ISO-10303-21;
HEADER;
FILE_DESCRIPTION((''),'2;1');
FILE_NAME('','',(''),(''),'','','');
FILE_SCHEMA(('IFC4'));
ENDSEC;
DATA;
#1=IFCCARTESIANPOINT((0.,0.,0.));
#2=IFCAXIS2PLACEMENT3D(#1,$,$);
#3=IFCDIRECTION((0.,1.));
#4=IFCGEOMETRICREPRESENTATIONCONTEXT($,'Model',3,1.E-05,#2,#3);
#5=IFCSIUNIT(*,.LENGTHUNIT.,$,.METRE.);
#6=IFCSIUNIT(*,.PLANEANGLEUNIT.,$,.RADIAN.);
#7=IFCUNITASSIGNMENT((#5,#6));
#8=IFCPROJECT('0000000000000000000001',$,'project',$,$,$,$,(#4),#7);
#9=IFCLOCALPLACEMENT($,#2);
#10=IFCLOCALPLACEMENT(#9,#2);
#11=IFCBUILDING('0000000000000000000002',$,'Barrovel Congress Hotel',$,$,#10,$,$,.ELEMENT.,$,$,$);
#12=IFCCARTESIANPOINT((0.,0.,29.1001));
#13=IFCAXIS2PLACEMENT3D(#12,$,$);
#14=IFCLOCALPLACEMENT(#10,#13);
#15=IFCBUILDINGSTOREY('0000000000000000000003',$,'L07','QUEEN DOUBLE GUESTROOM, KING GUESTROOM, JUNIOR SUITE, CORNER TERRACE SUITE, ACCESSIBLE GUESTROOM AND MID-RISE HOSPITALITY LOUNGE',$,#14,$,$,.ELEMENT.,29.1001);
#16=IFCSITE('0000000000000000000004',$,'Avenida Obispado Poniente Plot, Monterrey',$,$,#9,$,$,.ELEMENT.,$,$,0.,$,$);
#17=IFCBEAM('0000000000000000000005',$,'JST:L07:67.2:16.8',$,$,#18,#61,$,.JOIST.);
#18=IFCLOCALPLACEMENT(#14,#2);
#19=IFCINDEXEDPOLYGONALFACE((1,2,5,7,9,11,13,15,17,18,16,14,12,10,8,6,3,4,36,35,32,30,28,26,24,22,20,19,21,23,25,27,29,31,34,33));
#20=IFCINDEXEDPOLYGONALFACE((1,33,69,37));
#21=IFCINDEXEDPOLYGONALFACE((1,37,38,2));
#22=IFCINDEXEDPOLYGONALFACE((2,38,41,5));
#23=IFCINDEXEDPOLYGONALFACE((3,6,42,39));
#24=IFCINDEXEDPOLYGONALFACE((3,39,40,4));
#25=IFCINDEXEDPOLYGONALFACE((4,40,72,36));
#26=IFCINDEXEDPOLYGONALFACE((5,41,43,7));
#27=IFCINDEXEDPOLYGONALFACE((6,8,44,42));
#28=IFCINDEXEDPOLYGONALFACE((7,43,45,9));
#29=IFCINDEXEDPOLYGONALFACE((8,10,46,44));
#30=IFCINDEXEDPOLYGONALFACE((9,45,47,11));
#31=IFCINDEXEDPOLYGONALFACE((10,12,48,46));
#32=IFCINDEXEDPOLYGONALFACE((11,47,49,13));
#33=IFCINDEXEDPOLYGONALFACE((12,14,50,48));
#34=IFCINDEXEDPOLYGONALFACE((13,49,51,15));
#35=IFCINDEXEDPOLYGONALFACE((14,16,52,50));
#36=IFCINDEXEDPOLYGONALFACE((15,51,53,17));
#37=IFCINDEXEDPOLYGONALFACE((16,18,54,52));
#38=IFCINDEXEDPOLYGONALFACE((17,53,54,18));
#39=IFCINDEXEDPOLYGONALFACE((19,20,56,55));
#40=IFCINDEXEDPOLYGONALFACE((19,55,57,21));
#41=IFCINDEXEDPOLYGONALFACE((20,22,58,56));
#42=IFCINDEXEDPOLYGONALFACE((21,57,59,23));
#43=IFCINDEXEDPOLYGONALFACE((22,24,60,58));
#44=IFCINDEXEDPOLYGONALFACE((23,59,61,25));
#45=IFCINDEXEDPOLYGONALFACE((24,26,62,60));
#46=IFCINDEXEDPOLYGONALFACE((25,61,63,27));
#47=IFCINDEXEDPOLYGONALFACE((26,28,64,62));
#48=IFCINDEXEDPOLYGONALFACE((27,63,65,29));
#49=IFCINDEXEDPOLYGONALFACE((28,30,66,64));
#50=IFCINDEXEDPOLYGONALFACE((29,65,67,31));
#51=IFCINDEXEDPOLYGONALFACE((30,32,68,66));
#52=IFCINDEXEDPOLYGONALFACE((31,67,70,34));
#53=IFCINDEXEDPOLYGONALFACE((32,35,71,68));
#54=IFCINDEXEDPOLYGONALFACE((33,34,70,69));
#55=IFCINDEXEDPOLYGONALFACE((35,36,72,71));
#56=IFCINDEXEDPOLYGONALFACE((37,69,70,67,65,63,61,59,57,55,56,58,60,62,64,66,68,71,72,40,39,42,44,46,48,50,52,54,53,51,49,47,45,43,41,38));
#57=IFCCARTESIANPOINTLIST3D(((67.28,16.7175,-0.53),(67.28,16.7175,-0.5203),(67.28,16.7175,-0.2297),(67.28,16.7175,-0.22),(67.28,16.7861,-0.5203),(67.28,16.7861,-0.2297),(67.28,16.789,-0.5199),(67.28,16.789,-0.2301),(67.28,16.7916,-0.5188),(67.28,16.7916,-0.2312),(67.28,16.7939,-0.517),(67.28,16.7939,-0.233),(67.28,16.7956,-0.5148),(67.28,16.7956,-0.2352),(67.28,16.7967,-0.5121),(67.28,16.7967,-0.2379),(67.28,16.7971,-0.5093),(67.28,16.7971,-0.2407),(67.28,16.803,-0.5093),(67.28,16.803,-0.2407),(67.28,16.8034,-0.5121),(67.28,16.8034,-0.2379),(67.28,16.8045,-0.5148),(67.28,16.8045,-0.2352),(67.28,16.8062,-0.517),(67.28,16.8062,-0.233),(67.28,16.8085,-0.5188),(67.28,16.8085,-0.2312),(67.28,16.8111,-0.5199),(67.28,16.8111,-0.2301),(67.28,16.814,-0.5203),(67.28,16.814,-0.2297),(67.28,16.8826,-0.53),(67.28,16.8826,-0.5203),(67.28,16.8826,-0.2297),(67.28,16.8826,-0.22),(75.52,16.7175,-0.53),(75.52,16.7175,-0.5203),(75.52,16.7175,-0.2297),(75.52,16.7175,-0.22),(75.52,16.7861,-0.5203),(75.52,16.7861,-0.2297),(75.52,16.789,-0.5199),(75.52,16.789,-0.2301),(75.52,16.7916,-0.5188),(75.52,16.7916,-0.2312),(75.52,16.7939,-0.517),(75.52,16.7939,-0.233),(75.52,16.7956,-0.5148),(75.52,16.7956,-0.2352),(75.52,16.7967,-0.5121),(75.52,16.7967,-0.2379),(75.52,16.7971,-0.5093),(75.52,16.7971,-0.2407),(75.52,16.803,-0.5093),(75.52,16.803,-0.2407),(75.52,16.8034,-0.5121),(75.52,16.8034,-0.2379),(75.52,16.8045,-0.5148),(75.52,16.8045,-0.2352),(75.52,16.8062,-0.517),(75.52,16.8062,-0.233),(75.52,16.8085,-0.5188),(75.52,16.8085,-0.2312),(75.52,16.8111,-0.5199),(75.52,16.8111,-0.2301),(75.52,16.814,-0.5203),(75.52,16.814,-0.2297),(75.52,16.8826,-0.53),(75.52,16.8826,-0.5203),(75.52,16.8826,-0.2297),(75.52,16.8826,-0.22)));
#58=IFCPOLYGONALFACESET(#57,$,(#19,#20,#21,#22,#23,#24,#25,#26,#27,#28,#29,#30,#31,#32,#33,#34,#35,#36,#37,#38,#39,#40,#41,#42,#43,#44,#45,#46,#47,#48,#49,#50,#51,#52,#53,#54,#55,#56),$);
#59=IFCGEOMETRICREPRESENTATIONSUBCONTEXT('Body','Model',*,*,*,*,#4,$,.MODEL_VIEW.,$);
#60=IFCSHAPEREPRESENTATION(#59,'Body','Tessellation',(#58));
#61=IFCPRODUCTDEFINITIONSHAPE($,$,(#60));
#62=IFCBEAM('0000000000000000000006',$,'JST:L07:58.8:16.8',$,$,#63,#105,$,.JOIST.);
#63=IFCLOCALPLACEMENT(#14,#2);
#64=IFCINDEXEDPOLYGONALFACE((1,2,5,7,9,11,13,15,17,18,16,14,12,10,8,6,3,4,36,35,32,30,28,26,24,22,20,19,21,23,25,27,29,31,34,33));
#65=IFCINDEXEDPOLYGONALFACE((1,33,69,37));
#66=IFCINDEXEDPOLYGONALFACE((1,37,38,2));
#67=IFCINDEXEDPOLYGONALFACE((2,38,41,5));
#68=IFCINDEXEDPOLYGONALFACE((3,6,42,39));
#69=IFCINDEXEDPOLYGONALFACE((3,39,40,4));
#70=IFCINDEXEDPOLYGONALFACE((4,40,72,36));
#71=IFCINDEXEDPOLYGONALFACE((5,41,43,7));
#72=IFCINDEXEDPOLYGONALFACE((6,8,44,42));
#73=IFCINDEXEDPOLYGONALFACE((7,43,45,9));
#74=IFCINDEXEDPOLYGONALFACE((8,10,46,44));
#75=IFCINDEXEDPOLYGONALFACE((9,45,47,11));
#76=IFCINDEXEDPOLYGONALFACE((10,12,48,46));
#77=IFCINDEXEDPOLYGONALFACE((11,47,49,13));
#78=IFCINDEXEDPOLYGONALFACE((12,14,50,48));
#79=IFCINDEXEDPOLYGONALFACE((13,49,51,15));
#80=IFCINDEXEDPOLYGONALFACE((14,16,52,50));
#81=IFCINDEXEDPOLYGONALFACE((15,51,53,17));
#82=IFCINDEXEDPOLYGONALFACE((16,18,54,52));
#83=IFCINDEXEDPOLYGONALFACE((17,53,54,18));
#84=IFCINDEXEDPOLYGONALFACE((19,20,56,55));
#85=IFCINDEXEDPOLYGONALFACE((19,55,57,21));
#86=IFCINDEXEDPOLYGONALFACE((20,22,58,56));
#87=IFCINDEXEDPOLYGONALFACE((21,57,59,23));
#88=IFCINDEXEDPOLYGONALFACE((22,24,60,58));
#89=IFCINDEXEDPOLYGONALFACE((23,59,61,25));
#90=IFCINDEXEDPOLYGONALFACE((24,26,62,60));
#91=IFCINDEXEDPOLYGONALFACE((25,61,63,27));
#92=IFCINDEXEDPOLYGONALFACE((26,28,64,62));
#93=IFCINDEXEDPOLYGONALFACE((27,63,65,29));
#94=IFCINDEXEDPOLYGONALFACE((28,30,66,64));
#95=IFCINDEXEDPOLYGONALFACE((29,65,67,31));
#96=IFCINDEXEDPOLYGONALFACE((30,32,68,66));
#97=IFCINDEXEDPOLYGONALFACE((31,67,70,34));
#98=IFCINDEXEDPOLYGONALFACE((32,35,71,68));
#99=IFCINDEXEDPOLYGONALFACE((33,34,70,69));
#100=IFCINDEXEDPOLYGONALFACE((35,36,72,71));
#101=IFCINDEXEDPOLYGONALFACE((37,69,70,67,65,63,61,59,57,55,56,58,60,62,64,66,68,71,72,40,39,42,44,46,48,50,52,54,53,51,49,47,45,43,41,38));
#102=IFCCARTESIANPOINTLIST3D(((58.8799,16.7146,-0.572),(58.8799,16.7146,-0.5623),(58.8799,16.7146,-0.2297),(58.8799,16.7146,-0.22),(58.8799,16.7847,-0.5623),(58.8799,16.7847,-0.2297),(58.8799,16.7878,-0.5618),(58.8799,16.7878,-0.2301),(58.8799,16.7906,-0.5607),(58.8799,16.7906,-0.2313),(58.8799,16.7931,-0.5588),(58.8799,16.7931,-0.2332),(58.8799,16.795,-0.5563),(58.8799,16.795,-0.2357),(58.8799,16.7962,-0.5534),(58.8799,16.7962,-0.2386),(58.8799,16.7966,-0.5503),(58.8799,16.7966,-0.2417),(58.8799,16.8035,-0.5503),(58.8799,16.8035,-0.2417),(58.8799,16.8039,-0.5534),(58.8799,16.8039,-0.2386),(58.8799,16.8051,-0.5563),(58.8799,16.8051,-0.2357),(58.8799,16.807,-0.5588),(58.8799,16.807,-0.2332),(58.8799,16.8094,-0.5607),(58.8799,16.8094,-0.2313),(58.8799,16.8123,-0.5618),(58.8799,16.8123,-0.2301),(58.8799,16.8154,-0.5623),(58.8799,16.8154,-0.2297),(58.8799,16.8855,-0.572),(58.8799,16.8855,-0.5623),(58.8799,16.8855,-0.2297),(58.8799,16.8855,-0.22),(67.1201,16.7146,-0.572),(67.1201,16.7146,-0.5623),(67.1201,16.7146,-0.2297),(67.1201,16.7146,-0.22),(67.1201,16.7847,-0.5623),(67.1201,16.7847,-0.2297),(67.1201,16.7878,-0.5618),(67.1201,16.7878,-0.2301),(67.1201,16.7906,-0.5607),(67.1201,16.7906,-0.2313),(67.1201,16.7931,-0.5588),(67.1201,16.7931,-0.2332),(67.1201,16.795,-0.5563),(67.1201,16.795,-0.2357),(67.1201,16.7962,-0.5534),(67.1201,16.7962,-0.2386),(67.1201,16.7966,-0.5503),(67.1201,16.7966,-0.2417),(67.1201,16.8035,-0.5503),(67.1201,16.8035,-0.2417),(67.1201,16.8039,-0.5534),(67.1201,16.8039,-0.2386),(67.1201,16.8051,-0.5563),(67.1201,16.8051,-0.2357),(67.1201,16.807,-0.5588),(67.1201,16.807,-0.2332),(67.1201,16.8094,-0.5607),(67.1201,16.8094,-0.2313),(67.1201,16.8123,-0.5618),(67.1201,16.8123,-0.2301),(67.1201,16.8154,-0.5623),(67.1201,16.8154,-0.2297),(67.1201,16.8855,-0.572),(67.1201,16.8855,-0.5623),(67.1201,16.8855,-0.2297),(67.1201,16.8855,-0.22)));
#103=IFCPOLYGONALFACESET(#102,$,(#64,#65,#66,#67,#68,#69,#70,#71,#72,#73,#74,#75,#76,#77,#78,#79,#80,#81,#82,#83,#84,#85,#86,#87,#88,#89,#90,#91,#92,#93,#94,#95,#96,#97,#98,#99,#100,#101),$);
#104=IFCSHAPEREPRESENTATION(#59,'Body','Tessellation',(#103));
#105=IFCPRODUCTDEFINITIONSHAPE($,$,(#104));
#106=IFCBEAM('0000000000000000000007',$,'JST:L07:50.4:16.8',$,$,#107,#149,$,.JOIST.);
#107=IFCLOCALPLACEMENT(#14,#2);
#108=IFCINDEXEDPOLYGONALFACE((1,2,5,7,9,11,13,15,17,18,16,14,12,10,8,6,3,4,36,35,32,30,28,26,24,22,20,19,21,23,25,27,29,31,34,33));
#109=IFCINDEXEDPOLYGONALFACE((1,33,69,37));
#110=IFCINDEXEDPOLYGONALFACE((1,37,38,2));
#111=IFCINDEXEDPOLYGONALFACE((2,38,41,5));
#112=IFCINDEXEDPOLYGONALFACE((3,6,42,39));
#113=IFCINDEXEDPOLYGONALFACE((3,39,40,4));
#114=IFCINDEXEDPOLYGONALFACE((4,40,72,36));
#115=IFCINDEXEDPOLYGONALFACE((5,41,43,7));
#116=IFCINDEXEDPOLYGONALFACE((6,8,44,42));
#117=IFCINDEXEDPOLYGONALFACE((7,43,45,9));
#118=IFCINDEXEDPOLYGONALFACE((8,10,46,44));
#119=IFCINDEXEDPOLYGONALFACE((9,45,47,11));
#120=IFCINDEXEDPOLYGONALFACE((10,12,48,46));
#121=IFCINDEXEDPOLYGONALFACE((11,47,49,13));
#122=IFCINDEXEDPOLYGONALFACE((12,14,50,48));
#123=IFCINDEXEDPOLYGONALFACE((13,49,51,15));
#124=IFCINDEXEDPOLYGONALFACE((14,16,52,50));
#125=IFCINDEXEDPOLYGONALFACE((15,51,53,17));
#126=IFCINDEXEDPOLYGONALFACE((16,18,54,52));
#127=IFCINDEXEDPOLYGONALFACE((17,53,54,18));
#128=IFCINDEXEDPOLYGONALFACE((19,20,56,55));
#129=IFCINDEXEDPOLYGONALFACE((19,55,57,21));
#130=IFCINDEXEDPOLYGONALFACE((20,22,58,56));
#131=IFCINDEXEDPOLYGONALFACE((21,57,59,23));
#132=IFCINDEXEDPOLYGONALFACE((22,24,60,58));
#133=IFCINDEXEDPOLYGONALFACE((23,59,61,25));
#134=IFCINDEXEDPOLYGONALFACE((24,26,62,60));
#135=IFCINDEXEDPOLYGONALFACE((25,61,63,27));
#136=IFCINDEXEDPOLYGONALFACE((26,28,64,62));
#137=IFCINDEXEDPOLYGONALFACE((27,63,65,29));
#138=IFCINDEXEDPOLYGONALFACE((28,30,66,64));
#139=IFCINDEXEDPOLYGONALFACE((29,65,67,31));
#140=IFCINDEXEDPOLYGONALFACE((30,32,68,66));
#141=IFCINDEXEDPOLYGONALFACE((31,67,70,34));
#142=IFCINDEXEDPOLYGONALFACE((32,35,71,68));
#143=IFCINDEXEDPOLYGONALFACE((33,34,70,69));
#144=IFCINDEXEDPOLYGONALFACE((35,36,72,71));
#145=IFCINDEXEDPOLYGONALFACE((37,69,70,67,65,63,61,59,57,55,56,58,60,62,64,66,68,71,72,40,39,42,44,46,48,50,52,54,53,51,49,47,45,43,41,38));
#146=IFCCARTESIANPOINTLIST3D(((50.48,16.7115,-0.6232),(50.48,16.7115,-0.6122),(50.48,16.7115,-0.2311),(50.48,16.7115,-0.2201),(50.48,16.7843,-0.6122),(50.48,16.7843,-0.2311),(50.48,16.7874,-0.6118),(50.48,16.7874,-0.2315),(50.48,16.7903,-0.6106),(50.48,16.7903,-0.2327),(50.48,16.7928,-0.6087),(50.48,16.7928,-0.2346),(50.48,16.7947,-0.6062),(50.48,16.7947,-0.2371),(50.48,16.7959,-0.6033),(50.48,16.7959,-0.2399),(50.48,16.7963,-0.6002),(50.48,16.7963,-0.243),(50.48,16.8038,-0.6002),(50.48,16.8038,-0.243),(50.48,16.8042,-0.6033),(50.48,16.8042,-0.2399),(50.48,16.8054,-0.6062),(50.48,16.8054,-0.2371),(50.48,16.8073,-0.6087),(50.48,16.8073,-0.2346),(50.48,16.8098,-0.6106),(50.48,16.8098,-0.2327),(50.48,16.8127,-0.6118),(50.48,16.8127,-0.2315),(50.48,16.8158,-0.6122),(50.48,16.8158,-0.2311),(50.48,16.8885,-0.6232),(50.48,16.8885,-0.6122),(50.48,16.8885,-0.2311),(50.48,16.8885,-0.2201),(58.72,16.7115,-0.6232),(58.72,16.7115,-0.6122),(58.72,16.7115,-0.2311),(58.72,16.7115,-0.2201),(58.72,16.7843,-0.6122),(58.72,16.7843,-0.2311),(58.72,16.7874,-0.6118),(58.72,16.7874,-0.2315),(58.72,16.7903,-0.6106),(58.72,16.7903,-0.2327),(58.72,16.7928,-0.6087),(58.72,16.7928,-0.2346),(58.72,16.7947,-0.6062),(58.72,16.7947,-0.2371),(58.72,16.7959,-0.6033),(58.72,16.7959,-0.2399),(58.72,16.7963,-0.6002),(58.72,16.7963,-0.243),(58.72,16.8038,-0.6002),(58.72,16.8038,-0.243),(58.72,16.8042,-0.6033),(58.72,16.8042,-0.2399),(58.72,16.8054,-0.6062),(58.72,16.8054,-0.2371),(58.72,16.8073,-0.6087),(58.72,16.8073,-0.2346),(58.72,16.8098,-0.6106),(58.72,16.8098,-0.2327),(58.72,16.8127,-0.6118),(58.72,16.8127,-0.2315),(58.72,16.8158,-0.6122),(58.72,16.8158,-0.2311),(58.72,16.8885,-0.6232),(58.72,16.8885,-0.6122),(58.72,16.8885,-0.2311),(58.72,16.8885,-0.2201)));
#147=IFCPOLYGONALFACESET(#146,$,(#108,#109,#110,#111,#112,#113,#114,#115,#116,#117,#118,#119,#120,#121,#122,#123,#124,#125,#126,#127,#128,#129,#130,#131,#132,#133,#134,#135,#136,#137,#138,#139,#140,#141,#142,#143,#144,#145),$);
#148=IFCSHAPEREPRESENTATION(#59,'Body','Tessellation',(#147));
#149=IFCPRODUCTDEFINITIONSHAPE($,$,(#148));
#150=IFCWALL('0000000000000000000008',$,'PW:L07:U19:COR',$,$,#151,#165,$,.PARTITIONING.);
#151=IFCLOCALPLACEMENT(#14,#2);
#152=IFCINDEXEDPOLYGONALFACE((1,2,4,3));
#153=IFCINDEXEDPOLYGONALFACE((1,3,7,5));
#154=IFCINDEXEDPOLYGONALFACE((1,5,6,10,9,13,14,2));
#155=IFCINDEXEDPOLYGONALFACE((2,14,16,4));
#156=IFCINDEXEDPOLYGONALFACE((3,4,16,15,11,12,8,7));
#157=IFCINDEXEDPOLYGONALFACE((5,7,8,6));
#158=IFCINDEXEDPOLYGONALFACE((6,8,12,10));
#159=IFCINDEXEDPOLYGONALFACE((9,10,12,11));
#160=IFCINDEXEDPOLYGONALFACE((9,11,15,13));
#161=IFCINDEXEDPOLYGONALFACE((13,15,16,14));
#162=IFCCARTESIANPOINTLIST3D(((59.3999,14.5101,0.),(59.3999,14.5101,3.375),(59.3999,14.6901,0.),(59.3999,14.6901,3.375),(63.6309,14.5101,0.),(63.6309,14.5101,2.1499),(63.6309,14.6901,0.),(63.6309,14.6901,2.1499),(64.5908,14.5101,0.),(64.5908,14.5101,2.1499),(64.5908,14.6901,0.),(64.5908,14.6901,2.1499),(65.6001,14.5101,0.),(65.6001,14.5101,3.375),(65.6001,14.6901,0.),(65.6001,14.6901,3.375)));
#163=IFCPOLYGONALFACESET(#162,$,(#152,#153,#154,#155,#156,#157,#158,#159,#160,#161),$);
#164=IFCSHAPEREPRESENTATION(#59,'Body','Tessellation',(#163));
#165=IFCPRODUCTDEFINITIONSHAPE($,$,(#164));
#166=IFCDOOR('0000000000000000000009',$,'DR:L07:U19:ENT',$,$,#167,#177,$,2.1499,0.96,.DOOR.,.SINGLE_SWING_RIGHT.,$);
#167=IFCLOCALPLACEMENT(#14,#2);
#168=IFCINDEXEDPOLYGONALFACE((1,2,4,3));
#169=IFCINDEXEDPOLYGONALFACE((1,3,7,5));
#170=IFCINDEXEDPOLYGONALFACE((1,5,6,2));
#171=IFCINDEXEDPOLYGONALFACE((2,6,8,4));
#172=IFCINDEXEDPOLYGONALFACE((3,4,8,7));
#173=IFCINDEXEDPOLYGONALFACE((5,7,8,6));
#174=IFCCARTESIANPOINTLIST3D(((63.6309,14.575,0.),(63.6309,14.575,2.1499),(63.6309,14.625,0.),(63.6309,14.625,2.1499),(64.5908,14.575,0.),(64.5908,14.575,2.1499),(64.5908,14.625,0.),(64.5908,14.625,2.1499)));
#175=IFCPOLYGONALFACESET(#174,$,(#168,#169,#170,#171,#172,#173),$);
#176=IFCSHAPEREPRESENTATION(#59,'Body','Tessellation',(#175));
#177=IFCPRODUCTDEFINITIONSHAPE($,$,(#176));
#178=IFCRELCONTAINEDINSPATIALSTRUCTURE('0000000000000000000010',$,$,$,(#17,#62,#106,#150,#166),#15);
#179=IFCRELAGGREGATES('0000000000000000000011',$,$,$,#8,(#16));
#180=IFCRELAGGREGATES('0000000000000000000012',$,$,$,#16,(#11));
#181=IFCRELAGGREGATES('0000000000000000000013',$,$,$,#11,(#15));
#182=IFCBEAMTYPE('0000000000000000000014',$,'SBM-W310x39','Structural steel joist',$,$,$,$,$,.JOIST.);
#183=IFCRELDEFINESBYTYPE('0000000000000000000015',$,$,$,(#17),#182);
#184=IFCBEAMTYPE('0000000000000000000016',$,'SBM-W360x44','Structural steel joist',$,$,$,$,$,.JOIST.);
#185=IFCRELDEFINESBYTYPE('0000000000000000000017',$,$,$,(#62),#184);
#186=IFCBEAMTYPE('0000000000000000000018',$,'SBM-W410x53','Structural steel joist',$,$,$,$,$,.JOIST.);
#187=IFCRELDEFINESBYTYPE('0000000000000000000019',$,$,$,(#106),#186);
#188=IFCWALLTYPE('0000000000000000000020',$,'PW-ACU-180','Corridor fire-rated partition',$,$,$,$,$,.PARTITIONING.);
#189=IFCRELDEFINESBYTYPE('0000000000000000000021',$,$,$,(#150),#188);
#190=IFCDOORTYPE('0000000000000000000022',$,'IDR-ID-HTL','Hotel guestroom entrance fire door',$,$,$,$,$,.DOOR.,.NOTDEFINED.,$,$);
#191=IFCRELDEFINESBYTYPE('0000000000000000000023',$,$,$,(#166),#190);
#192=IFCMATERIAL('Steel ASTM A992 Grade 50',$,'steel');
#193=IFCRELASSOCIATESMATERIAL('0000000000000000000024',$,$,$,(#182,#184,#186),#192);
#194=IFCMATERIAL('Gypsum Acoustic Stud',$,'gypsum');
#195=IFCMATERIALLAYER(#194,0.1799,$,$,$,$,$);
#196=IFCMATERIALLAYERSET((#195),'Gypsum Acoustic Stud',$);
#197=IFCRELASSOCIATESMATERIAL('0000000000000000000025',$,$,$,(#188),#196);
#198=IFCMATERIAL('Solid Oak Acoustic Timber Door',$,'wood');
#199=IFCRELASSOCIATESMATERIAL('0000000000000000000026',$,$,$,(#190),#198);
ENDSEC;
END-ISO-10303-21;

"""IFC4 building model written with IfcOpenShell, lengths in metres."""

from ifc_helpers import new_model, si_unit, direction, frame, frame_2d, origin, origin_2d, place, context, subcontext, project, spatial, rectangle, i_section, extrude, material, layer, layer_set, material_profile, profile_set, type_object, element, fill, save


model = new_model("IFC4")

# Units and contexts
model_context = context("Model", 3, precision=1e-05, world=origin(), true_north=direction((0.0, 1.0)))
body_context = subcontext(model_context, "Body", "Model", "MODEL_VIEW")
ifc_project = project(units=[si_unit("LENGTHUNIT", "METRE"), si_unit("PLANEANGLEUNIT", "RADIAN")], contexts=[model_context])

# Site, building, storey
site_placement = place(None, origin())
site = spatial("IfcSite", under=ifc_project, at=site_placement, Name="Avenida Obispado Poniente Plot, Monterrey", CompositionType="ELEMENT", RefElevation=0.0)
building_placement = place(site_placement, origin())
building = spatial("IfcBuilding", under=site, at=building_placement, Name="Barrovel Congress Hotel", CompositionType="ELEMENT")
storey_placement = place(building_placement, frame((0.0, 0.0, 29.1001)))
storey = spatial("IfcBuildingStorey", under=building, at=storey_placement, Name="L07", Description="QUEEN DOUBLE GUESTROOM, KING GUESTROOM, JUNIOR SUITE, CORNER TERRACE SUITE, ACCESSIBLE GUESTROOM AND MID-RISE HOSPITALITY LOUNGE", CompositionType="ELEMENT", Elevation=29.1001)

# Beams
ifc_material_1 = material(Name="Steel ASTM A992 Grade 50", Category="steel")
ifc_material_profile_1 = material_profile(ifc_material_1, i_section(OverallWidth=0.165, OverallDepth=0.3101, WebThickness=0.0059, FlangeThickness=0.0098, FilletRadius=0.011, at=origin_2d()), Name="W310x39")
ifc_profile_set_1 = profile_set([ifc_material_profile_1], Name="Steel ASTM A992 Grade 50")
beam_type_1 = type_object("IfcBeamType", Name="SBM-W310x39", Description="Structural steel joist", PredefinedType="JOIST", material=ifc_profile_set_1)
beam_1_placement = place(storey_placement, frame((67.28, 16.8, -0.375), z_axis=(1.0, 0.0, 0.0), x_axis=(0.0, 1.0, 0.0)))
element("IfcBeam", 1, at=beam_1_placement, inside=storey, type_object=beam_type_1, Name="JST:L07:67.2:16.8", PredefinedType="JOIST", context=body_context, shape_type="SweptSolid", body=[
    extrude(i_section(OverallWidth=0.165, OverallDepth=0.3101, WebThickness=0.0059, FlangeThickness=0.0098, FilletRadius=0.011, at=origin_2d()), origin(), (0.0, 0.0, 1.0), 8.24),
])
ifc_material_profile_2 = material_profile(ifc_material_1, i_section(OverallWidth=0.1709, OverallDepth=0.3521, WebThickness=0.0068, FlangeThickness=0.0098, FilletRadius=0.012, at=origin_2d()), Name="W360x44")
ifc_profile_set_2 = profile_set([ifc_material_profile_2], Name="Steel ASTM A992 Grade 50")
beam_type_2 = type_object("IfcBeamType", Name="SBM-W360x44", Description="Structural steel joist", PredefinedType="JOIST", material=ifc_profile_set_2)
beam_2_placement = place(storey_placement, frame((58.8799, 16.8, -0.396), z_axis=(1.0, 0.0, 0.0), x_axis=(0.0, 1.0, 0.0)))
element("IfcBeam", 2, at=beam_2_placement, inside=storey, type_object=beam_type_2, Name="JST:L07:58.8:16.8", PredefinedType="JOIST", context=body_context, shape_type="SweptSolid", body=[
    extrude(i_section(OverallWidth=0.1709, OverallDepth=0.3521, WebThickness=0.0068, FlangeThickness=0.0098, FilletRadius=0.012, at=origin_2d()), origin(), (0.0, 0.0, 1.0), 8.2402),
])
ifc_material_profile_3 = material_profile(ifc_material_1, i_section(OverallWidth=0.177, OverallDepth=0.4031, WebThickness=0.0076, FlangeThickness=0.011, FilletRadius=0.012, at=origin_2d()), Name="W410x53")
ifc_profile_set_3 = profile_set([ifc_material_profile_3], Name="Steel ASTM A992 Grade 50")
beam_type_3 = type_object("IfcBeamType", Name="SBM-W410x53", Description="Structural steel joist", PredefinedType="JOIST", material=ifc_profile_set_3)
beam_3_placement = place(storey_placement, frame((50.48, 16.8, -0.4216), z_axis=(1.0, 0.0, 0.0), x_axis=(0.0, 1.0, 0.0)))
element("IfcBeam", 3, at=beam_3_placement, inside=storey, type_object=beam_type_3, Name="JST:L07:50.4:16.8", PredefinedType="JOIST", context=body_context, shape_type="SweptSolid", body=[
    extrude(i_section(OverallWidth=0.177, OverallDepth=0.4031, WebThickness=0.0076, FlangeThickness=0.011, FilletRadius=0.012, at=origin_2d()), origin(), (0.0, 0.0, 1.0), 8.24),
])

# Wall, opening, door
ifc_material_2 = material(Name="Gypsum Acoustic Stud", Category="gypsum")
ifc_layer_1 = layer(ifc_material_2, 0.1799)
ifc_layer_set_1 = layer_set([ifc_layer_1], Name="Gypsum Acoustic Stud")
wall_type_1 = type_object("IfcWallType", Name="PW-ACU-180", Description="Corridor fire-rated partition", PredefinedType="PARTITIONING", material=ifc_layer_set_1)
wall_1_placement = place(storey_placement, frame((59.3999, 14.6001, 0.0), z_axis=(0.0, 0.0, 1.0), x_axis=(1.0, 0.0, 0.0)))
wall_1 = element("IfcWall", 4, at=wall_1_placement, inside=storey, type_object=wall_type_1, Name="PW:L07:U19:COR", PredefinedType="PARTITIONING", context=body_context, shape_type="SweptSolid", body=[
    extrude(rectangle(XDim=6.2002, YDim=0.1799, at=frame_2d((3.1001, 0.0))), origin(), (0.0, 0.0, 1.0), 3.375),
])
opening_1_placement = place(wall_1_placement, frame((4.231, 0.0, 0.0)))
opening_1 = element("IfcOpeningElement", 5, at=opening_1_placement, cuts=wall_1, PredefinedType="OPENING", context=body_context, shape_type="SweptSolid", body=[
    extrude(rectangle(XDim=0.96, YDim=2.1499, at=frame_2d((0.48, 1.075))), frame((0.0, 0.1001, 0.0), z_axis=(0.0, -1.0, 0.0), x_axis=(1.0, 0.0, 0.0)), (0.0, 0.0, 1.0), 0.2),
])
ifc_material_3 = material(Name="Solid Oak Acoustic Timber Door", Category="wood")
door_type_1 = type_object("IfcDoorType", Name="IDR-ID-HTL", Description="Hotel guestroom entrance fire door", OperationType="NOTDEFINED", PredefinedType="DOOR", material=ifc_material_3)
door_1_placement = place(opening_1_placement, origin())
door_1 = element("IfcDoor", 6, at=door_1_placement, inside=storey, type_object=door_type_1, Name="DR:L07:U19:ENT", OperationType="SINGLE_SWING_RIGHT", OverallHeight=2.1499, OverallWidth=0.96, PredefinedType="DOOR", context=body_context, shape_type="SweptSolid", body=[
    extrude(rectangle(XDim=0.96, YDim=2.1499, at=frame_2d((0.48, 1.075))), frame((0.0, 0.0249, 0.0), z_axis=(0.0, -1.0, 0.0), x_axis=(1.0, 0.0, 0.0)), (0.0, 0.0, 1.0), 0.05),
])
fill(opening_1, door_1)

save(model, "model.ifc")
